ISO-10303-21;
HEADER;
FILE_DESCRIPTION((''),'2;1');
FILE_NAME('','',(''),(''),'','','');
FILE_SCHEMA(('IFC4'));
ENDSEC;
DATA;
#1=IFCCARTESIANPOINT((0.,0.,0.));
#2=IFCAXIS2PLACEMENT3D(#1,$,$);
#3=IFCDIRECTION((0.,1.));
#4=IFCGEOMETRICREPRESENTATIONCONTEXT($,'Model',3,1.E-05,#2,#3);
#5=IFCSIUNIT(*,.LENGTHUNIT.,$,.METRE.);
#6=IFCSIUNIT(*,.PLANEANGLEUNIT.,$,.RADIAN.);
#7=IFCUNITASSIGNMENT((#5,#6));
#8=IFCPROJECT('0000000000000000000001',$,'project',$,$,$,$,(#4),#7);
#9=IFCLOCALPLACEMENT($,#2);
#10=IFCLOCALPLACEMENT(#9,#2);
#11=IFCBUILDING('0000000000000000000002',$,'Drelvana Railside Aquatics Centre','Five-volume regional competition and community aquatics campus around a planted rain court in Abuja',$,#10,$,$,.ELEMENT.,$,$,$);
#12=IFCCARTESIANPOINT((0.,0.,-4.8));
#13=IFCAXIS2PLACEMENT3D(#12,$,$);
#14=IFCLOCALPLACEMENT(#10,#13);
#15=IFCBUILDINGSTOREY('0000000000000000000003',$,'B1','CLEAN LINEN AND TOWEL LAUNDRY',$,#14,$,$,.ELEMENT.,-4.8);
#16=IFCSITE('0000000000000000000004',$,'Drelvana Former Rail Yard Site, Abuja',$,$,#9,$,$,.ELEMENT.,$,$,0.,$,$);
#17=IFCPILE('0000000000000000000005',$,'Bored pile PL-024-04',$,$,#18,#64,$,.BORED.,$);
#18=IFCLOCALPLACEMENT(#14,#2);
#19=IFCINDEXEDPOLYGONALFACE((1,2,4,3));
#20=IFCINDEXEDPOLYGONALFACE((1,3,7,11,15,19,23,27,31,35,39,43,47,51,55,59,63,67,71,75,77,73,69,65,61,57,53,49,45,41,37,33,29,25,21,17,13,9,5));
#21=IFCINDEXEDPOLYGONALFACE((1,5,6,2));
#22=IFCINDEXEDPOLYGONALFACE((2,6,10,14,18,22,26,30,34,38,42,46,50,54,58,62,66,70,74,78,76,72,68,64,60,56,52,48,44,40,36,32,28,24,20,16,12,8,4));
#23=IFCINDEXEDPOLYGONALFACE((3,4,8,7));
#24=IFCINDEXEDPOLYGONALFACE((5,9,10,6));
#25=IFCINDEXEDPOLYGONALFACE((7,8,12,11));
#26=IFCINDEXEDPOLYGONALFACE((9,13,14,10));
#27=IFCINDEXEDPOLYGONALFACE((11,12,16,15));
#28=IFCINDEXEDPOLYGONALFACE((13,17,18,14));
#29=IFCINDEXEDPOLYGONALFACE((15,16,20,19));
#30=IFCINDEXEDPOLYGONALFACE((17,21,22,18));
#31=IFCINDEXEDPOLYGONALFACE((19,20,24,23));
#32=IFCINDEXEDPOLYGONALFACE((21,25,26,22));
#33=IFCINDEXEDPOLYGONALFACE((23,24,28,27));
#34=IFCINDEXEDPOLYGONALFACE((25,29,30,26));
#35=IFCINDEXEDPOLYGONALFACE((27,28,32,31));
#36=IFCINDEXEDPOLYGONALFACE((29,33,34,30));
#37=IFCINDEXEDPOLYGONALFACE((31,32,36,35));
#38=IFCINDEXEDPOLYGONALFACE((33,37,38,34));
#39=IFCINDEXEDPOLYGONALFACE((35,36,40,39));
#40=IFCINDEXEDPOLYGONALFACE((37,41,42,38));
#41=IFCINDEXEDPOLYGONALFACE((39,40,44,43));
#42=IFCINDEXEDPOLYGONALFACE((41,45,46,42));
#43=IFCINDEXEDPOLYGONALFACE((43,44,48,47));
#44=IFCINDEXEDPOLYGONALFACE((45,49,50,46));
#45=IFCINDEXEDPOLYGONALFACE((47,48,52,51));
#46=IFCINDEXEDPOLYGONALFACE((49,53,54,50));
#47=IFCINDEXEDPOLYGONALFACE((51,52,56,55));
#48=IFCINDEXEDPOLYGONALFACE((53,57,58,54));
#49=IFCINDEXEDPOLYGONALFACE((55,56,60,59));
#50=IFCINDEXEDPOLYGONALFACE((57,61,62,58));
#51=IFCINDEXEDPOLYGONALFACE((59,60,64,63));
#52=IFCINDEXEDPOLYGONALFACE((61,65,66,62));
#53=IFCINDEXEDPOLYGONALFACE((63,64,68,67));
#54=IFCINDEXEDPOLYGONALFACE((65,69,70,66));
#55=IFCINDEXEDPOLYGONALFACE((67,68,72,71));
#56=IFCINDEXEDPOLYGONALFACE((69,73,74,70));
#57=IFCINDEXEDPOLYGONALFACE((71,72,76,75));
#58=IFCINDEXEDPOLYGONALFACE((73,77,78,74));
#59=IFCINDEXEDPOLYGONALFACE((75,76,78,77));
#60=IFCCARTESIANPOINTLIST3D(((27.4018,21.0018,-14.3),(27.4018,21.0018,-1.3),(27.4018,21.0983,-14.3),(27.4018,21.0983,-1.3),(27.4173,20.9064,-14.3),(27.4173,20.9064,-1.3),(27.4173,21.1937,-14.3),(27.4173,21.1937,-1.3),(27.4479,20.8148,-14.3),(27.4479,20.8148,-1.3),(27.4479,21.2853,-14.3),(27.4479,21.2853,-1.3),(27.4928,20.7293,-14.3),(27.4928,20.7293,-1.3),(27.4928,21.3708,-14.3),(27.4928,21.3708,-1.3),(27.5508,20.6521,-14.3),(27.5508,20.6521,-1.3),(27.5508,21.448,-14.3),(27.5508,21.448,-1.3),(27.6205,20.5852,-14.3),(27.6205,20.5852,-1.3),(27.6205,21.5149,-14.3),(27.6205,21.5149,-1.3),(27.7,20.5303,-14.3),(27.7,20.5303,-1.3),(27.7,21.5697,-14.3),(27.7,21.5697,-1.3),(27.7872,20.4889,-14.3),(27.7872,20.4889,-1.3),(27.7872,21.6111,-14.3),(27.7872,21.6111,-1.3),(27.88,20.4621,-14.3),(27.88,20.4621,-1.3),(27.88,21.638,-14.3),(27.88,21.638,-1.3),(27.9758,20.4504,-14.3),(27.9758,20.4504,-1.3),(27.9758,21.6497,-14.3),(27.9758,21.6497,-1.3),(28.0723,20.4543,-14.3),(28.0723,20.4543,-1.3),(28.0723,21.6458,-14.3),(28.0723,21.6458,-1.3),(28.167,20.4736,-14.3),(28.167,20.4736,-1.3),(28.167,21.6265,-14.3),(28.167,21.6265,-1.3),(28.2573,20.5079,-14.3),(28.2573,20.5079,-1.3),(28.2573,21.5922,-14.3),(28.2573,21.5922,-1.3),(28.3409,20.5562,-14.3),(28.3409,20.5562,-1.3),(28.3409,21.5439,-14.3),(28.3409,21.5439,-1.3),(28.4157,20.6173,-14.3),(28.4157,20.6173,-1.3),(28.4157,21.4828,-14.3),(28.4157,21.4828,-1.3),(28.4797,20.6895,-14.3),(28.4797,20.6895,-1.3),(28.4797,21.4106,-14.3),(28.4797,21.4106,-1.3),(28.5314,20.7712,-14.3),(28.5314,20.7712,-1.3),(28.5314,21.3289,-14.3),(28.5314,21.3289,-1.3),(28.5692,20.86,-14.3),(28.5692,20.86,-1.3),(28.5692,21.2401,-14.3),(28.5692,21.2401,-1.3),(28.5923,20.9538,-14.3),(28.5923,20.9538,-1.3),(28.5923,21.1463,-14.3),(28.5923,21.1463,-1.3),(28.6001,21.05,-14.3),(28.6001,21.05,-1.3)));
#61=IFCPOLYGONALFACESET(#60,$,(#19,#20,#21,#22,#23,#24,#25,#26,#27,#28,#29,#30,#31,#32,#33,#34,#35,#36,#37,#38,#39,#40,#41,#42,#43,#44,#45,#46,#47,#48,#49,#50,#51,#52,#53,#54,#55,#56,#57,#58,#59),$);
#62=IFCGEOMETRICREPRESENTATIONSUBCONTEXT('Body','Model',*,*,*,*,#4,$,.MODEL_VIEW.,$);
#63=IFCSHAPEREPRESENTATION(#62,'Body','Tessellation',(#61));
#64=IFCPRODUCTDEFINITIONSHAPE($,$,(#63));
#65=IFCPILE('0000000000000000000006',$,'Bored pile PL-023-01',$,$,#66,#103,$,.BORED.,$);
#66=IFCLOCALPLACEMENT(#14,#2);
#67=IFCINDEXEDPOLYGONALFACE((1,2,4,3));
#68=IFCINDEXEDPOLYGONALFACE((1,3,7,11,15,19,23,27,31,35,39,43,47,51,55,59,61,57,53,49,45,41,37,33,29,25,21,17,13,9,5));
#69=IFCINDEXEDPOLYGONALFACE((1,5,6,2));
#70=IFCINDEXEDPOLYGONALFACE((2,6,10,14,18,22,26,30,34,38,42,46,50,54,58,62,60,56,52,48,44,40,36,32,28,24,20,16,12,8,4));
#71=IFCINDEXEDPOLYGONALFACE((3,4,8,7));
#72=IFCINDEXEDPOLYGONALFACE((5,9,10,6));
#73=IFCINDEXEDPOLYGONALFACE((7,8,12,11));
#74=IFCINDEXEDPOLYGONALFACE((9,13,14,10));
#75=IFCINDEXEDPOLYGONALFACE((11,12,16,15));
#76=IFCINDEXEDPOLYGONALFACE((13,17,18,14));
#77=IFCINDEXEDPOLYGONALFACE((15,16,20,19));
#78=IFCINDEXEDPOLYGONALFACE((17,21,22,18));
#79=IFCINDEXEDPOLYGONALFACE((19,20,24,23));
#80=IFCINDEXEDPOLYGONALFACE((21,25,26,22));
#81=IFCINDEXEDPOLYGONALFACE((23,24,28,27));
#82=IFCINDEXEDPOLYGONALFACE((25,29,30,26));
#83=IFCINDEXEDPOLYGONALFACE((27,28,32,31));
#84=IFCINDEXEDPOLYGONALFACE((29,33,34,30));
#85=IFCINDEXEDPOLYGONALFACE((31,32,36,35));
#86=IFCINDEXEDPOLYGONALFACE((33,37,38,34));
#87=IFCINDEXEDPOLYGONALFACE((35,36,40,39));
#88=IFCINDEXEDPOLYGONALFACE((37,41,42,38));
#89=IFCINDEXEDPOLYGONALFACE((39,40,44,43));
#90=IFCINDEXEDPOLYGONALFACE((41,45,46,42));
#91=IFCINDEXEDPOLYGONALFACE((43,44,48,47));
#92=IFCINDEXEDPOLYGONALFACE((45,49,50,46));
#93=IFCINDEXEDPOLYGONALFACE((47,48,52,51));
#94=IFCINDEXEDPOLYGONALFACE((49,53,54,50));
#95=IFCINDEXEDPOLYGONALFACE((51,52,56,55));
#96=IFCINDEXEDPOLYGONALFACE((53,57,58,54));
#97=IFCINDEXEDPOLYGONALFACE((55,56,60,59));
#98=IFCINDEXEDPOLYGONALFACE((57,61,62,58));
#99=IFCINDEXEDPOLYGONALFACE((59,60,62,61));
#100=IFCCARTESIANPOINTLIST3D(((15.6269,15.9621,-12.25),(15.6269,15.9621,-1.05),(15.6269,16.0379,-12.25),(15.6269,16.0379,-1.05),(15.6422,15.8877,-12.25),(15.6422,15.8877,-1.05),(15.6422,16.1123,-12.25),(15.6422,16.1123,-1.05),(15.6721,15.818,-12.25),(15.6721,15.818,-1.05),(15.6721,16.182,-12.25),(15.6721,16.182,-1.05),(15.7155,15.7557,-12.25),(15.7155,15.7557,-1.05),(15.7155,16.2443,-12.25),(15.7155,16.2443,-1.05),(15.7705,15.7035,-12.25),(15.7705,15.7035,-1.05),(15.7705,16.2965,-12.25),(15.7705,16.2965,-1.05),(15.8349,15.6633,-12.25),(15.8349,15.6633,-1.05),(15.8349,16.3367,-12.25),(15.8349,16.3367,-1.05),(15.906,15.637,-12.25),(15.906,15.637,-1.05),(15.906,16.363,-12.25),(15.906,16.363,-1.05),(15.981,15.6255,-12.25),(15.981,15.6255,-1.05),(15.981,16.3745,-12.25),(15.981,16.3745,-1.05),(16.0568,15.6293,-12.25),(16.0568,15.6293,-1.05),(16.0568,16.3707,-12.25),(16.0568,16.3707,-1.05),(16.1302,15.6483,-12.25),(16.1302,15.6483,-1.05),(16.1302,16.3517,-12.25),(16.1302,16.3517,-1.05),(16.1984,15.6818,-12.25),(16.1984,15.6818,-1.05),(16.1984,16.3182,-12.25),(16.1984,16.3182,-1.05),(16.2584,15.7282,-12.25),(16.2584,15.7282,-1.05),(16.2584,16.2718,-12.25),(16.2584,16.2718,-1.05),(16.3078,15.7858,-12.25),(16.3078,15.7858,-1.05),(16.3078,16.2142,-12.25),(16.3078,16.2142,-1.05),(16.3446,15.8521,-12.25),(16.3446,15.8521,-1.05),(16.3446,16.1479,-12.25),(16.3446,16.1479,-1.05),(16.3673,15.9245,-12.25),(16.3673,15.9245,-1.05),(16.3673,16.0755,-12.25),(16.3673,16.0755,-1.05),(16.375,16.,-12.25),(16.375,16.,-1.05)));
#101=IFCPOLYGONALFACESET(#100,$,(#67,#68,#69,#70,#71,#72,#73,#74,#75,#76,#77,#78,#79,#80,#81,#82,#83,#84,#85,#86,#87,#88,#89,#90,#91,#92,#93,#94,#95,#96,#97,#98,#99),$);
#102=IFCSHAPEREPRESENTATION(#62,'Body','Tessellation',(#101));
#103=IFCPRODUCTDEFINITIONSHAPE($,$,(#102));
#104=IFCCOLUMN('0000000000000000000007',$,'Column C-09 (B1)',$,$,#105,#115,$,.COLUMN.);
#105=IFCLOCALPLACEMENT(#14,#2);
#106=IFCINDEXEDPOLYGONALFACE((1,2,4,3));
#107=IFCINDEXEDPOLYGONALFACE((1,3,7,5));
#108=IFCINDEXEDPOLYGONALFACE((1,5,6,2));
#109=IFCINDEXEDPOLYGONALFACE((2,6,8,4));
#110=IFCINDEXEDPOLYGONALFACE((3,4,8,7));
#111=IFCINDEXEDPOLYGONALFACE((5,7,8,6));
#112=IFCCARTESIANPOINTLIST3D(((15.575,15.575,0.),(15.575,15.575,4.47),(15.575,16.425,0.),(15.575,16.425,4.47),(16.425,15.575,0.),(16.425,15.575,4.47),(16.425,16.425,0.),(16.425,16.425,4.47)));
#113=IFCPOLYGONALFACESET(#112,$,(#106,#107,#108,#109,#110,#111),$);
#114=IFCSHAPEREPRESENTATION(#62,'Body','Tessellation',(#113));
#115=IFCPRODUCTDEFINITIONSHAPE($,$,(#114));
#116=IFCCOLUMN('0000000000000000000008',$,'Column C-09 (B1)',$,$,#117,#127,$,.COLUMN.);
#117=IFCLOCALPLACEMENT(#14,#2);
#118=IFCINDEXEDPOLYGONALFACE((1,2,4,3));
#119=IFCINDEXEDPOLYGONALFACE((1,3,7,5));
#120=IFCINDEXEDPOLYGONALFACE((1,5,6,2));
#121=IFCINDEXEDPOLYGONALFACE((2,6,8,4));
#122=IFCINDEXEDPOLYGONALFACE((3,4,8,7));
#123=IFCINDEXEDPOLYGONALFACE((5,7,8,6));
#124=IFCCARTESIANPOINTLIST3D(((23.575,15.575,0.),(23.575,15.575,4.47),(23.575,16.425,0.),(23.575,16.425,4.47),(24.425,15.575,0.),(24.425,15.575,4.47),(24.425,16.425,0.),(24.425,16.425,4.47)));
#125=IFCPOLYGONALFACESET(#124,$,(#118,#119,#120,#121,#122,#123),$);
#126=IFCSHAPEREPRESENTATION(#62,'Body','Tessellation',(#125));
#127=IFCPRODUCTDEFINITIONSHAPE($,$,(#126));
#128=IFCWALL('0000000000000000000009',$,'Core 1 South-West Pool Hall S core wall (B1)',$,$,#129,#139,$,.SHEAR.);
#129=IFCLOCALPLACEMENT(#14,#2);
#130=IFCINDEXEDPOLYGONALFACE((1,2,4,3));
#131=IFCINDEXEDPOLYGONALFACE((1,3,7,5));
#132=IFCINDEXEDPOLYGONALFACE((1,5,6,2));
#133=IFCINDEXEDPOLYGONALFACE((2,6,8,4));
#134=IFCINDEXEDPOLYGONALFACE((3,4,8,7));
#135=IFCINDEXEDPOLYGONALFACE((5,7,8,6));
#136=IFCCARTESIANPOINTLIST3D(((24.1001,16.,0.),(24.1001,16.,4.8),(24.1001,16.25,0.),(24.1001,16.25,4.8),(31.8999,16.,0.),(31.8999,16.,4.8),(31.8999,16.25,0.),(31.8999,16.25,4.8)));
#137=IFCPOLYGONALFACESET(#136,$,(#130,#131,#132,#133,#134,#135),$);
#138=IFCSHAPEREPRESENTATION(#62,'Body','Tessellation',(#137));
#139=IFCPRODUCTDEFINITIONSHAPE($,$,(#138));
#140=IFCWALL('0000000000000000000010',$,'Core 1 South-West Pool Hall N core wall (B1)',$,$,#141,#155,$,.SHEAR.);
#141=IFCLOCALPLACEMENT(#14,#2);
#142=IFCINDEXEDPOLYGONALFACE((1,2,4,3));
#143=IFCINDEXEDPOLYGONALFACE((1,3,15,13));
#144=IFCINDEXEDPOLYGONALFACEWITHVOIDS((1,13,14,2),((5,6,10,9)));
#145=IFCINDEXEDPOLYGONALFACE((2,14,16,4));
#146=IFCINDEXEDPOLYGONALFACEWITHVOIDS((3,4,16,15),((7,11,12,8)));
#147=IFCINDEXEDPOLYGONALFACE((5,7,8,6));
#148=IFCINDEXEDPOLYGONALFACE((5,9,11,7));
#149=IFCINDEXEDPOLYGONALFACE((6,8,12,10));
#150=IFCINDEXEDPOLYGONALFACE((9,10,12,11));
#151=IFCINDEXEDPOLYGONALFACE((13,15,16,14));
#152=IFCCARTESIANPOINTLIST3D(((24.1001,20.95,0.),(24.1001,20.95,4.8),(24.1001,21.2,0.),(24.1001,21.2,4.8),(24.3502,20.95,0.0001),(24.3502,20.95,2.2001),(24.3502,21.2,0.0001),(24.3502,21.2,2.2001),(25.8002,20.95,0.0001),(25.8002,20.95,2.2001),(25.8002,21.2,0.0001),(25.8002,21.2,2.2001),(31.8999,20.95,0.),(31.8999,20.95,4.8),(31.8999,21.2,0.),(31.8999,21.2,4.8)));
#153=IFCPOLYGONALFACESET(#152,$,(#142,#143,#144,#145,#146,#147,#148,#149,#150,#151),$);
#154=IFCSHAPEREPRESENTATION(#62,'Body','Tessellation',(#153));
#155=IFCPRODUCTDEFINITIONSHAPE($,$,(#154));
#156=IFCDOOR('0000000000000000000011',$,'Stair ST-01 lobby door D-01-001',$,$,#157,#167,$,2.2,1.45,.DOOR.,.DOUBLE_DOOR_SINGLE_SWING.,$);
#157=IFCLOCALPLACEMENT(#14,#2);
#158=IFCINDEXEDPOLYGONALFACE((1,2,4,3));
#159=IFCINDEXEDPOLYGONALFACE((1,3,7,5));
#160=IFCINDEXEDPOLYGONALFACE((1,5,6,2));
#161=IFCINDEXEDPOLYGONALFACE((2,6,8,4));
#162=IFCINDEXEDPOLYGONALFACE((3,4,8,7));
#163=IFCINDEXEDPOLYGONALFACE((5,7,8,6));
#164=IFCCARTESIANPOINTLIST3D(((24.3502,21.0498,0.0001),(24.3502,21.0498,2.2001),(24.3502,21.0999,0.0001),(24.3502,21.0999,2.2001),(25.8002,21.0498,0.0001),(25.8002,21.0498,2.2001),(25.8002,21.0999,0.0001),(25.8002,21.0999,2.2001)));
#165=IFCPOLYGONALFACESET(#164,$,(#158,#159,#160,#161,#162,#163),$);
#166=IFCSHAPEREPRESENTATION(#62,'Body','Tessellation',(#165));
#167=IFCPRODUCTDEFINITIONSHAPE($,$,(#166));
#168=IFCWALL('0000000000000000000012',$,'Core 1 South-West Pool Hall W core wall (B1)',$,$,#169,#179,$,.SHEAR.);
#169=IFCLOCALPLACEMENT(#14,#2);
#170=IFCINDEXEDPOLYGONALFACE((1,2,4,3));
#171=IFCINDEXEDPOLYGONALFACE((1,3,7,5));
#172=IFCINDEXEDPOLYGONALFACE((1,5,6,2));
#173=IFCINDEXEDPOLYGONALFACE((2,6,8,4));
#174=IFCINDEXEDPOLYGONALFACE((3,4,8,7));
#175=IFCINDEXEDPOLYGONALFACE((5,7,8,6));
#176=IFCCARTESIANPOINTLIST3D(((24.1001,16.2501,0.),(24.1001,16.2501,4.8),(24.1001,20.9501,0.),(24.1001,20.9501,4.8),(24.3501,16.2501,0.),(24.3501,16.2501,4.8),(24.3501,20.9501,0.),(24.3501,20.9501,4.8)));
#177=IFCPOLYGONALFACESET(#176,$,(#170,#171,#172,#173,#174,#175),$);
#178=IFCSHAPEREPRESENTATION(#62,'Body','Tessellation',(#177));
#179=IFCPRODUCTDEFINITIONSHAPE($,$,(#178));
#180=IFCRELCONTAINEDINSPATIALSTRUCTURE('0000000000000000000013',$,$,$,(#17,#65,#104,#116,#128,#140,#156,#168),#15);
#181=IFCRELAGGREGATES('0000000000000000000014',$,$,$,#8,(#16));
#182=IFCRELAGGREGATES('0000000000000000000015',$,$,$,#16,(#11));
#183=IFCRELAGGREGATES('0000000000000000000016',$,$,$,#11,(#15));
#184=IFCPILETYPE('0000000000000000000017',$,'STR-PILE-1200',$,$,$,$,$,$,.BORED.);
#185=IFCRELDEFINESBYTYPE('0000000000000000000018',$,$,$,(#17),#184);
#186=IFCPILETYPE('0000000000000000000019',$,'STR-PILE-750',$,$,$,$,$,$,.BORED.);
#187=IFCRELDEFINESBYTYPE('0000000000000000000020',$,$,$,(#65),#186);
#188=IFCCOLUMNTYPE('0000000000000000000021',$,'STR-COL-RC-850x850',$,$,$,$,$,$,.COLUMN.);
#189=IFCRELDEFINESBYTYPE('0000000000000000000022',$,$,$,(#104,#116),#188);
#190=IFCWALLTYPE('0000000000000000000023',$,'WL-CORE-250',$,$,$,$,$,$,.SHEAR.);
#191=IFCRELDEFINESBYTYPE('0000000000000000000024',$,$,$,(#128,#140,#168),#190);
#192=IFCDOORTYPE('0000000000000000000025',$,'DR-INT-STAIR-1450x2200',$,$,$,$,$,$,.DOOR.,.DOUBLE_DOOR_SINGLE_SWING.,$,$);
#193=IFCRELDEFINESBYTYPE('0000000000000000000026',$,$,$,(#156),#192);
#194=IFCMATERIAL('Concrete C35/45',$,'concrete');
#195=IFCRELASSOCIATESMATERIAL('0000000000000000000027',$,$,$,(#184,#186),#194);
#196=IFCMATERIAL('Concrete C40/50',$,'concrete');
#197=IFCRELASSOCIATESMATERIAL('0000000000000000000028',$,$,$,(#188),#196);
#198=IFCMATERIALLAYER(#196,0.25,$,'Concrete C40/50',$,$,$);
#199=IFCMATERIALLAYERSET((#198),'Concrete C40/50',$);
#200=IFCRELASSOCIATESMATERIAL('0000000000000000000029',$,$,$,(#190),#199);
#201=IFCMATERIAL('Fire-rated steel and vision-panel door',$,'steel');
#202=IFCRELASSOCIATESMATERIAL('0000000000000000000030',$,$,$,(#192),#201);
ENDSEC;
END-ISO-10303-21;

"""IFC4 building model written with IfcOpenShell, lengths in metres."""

from ifc_helpers import new_model, si_unit, direction, frame, frame_2d, origin, origin_2d, place, context, subcontext, project, spatial, rectangle, circle, extrude, material, layer, layer_set, material_profile, profile_set, type_object, element, fill, save


model = new_model("IFC4")

# Units and contexts
model_context = context("Model", 3, precision=1e-05, world=origin(), true_north=direction((0.0, 1.0)))
body_context = subcontext(model_context, "Body", "Model", "MODEL_VIEW")
ifc_project = project(units=[si_unit("LENGTHUNIT", "METRE"), si_unit("PLANEANGLEUNIT", "RADIAN")], contexts=[model_context])

# Site, building, storey
site_placement = place(None, origin())
site = spatial("IfcSite", under=ifc_project, at=site_placement, Name="Drelvana Former Rail Yard Site, Abuja", CompositionType="ELEMENT", RefElevation=0.0)
building_placement = place(site_placement, origin())
building = spatial("IfcBuilding", under=site, at=building_placement, Name="Drelvana Railside Aquatics Centre", Description="Five-volume regional competition and community aquatics campus around a planted rain court in Abuja", CompositionType="ELEMENT")
storey_placement = place(building_placement, frame((0.0, 0.0, -4.8)))
storey = spatial("IfcBuildingStorey", under=building, at=storey_placement, Name="B1", Description="CLEAN LINEN AND TOWEL LAUNDRY", CompositionType="ELEMENT", Elevation=-4.8)

# Shared definitions
ifc_material_1 = material(Name="Concrete C35/45", Category="concrete")

# Piles
ifc_material_profile_1 = material_profile(ifc_material_1, circle(Radius=0.6001, at=origin_2d()), Name="PILE D1200")
ifc_profile_set_1 = profile_set([ifc_material_profile_1], Name="Concrete C35/45")
pile_type_1 = type_object("IfcPileType", Name="STR-PILE-1200", PredefinedType="BORED", material=ifc_profile_set_1)
for number, where, z_axis, x_axis, name in (
    (1, (28.0, 21.05, -1.3), (0.0, 0.0, -1.0), (1.0, 0.0, 0.0), "Bored pile PL-024-04"),
):
    element("IfcPile", number, at=place(storey_placement, frame(where, z_axis=z_axis, x_axis=x_axis)), inside=storey, type_object=pile_type_1, Name=name, PredefinedType="BORED", context=body_context, shape_type="SweptSolid", body=[
        extrude(circle(Radius=0.6001, at=origin_2d()), origin(), (0.0, 0.0, 1.0), 13.0),
    ])
ifc_material_profile_2 = material_profile(ifc_material_1, circle(Radius=0.375, at=origin_2d()), Name="PILE D750")
ifc_profile_set_2 = profile_set([ifc_material_profile_2], Name="Concrete C35/45")
pile_type_2 = type_object("IfcPileType", Name="STR-PILE-750", PredefinedType="BORED", material=ifc_profile_set_2)
pile_placement = place(storey_placement, frame((16.0, 16.0, -1.05), z_axis=(0.0, 0.0, -1.0), x_axis=(1.0, 0.0, 0.0)))
element("IfcPile", 2, at=pile_placement, inside=storey, type_object=pile_type_2, Name="Bored pile PL-023-01", PredefinedType="BORED", context=body_context, shape_type="SweptSolid", body=[
    extrude(circle(Radius=0.375, at=origin_2d()), origin(), (0.0, 0.0, 1.0), 11.2),
])

# Columns
ifc_material_2 = material(Name="Concrete C40/50", Category="concrete")
ifc_material_profile_3 = material_profile(ifc_material_2, rectangle(XDim=0.8501, YDim=0.8501, at=origin_2d()), Name="RC 850x850")
ifc_profile_set_3 = profile_set([ifc_material_profile_3], Name="Concrete C40/50")
column_type = type_object("IfcColumnType", Name="STR-COL-RC-850x850", PredefinedType="COLUMN", material=ifc_profile_set_3)
for number, where, z_axis, x_axis, name in (
    (3, (16.0, 16.0, 0.0), (0.0, 0.0, 1.0), (1.0, 0.0, 0.0), "Column C-09 (B1)"),
    (4, (24.0, 16.0, 0.0), (0.0, 0.0, 1.0), (1.0, 0.0, 0.0), "Column C-09 (B1)"),
):
    element("IfcColumn", number, at=place(storey_placement, frame(where, z_axis=z_axis, x_axis=x_axis)), inside=storey, type_object=column_type, Name=name, PredefinedType="COLUMN", context=body_context, shape_type="SweptSolid", body=[
        extrude(rectangle(XDim=0.8501, YDim=0.8501, at=origin_2d()), origin(), (0.0, 0.0, 1.0), 4.47),
    ])

# Wall
ifc_layer_1 = layer(ifc_material_2, 0.25, Name="Concrete C40/50")
ifc_layer_set_1 = layer_set([ifc_layer_1], Name="Concrete C40/50")
wall_type_1 = type_object("IfcWallType", Name="WL-CORE-250", PredefinedType="SHEAR", material=ifc_layer_set_1)
wall_1_placement = place(storey_placement, frame((24.1001, 16.125, 0.0), z_axis=(0.0, 0.0, 1.0), x_axis=(1.0, 0.0, 0.0)))
element("IfcWall", 5, at=wall_1_placement, inside=storey, type_object=wall_type_1, Name="Core 1 South-West Pool Hall S core wall (B1)", PredefinedType="SHEAR", context=body_context, shape_type="SweptSolid", body=[
    extrude(rectangle(XDim=7.7998, YDim=0.25, at=frame_2d((3.8999, 0.0))), origin(), (0.0, 0.0, 1.0), 4.8),
])

# Wall, opening, door
wall_2_placement = place(storey_placement, frame((24.1001, 21.075, 0.0), z_axis=(0.0, 0.0, 1.0), x_axis=(1.0, 0.0, 0.0)))
wall_2 = element("IfcWall", 6, at=wall_2_placement, inside=storey, type_object=wall_type_1, Name="Core 1 South-West Pool Hall N core wall (B1)", PredefinedType="SHEAR", context=body_context, shape_type="SweptSolid", body=[
    extrude(rectangle(XDim=7.7998, YDim=0.25, at=frame_2d((3.8999, 0.0))), origin(), (0.0, 0.0, 1.0), 4.8),
])
opening_placement = place(wall_2_placement, frame((0.25, 0.0, 0.0)))
opening = element("IfcOpeningElement", 7, at=opening_placement, cuts=wall_2, PredefinedType="OPENING", context=body_context, shape_type="SweptSolid", body=[
    extrude(rectangle(XDim=1.45, YDim=2.2, at=frame_2d((0.7251, 1.1001))), frame((0.0, 0.135, 0.0), z_axis=(0.0, -1.0, 0.0), x_axis=(1.0, 0.0, 0.0)), (0.0, 0.0, 1.0), 0.27),
])
ifc_material_3 = material(Name="Fire-rated steel and vision-panel door", Category="steel")
door_type = type_object("IfcDoorType", Name="DR-INT-STAIR-1450x2200", OperationType="DOUBLE_DOOR_SINGLE_SWING", PredefinedType="DOOR", material=ifc_material_3)
door_placement = place(opening_placement, origin())
door = element("IfcDoor", 8, at=door_placement, inside=storey, type_object=door_type, Name="Stair ST-01 lobby door D-01-001", OperationType="DOUBLE_DOOR_SINGLE_SWING", OverallHeight=2.2, OverallWidth=1.45, PredefinedType="DOOR", context=body_context, shape_type="SweptSolid", body=[
    extrude(rectangle(XDim=1.45, YDim=2.2, at=frame_2d((0.7251, 1.1001))), frame((0.0, 0.0249, 0.0), z_axis=(0.0, -1.0, 0.0), x_axis=(1.0, 0.0, 0.0)), (0.0, 0.0, 1.0), 0.05),
])
fill(opening, door)

# Wall
wall_3_placement = place(storey_placement, frame((24.2251, 16.25, 0.0), z_axis=(0.0, 0.0, 1.0), x_axis=(0.0, 1.0, 0.0)))
element("IfcWall", 9, at=wall_3_placement, inside=storey, type_object=wall_type_1, Name="Core 1 South-West Pool Hall W core wall (B1)", PredefinedType="SHEAR", context=body_context, shape_type="SweptSolid", body=[
    extrude(rectangle(XDim=4.7, YDim=0.25, at=frame_2d((2.3501, 0.0))), origin(), (0.0, 0.0, 1.0), 4.8),
])

save(model, "model.ifc")
